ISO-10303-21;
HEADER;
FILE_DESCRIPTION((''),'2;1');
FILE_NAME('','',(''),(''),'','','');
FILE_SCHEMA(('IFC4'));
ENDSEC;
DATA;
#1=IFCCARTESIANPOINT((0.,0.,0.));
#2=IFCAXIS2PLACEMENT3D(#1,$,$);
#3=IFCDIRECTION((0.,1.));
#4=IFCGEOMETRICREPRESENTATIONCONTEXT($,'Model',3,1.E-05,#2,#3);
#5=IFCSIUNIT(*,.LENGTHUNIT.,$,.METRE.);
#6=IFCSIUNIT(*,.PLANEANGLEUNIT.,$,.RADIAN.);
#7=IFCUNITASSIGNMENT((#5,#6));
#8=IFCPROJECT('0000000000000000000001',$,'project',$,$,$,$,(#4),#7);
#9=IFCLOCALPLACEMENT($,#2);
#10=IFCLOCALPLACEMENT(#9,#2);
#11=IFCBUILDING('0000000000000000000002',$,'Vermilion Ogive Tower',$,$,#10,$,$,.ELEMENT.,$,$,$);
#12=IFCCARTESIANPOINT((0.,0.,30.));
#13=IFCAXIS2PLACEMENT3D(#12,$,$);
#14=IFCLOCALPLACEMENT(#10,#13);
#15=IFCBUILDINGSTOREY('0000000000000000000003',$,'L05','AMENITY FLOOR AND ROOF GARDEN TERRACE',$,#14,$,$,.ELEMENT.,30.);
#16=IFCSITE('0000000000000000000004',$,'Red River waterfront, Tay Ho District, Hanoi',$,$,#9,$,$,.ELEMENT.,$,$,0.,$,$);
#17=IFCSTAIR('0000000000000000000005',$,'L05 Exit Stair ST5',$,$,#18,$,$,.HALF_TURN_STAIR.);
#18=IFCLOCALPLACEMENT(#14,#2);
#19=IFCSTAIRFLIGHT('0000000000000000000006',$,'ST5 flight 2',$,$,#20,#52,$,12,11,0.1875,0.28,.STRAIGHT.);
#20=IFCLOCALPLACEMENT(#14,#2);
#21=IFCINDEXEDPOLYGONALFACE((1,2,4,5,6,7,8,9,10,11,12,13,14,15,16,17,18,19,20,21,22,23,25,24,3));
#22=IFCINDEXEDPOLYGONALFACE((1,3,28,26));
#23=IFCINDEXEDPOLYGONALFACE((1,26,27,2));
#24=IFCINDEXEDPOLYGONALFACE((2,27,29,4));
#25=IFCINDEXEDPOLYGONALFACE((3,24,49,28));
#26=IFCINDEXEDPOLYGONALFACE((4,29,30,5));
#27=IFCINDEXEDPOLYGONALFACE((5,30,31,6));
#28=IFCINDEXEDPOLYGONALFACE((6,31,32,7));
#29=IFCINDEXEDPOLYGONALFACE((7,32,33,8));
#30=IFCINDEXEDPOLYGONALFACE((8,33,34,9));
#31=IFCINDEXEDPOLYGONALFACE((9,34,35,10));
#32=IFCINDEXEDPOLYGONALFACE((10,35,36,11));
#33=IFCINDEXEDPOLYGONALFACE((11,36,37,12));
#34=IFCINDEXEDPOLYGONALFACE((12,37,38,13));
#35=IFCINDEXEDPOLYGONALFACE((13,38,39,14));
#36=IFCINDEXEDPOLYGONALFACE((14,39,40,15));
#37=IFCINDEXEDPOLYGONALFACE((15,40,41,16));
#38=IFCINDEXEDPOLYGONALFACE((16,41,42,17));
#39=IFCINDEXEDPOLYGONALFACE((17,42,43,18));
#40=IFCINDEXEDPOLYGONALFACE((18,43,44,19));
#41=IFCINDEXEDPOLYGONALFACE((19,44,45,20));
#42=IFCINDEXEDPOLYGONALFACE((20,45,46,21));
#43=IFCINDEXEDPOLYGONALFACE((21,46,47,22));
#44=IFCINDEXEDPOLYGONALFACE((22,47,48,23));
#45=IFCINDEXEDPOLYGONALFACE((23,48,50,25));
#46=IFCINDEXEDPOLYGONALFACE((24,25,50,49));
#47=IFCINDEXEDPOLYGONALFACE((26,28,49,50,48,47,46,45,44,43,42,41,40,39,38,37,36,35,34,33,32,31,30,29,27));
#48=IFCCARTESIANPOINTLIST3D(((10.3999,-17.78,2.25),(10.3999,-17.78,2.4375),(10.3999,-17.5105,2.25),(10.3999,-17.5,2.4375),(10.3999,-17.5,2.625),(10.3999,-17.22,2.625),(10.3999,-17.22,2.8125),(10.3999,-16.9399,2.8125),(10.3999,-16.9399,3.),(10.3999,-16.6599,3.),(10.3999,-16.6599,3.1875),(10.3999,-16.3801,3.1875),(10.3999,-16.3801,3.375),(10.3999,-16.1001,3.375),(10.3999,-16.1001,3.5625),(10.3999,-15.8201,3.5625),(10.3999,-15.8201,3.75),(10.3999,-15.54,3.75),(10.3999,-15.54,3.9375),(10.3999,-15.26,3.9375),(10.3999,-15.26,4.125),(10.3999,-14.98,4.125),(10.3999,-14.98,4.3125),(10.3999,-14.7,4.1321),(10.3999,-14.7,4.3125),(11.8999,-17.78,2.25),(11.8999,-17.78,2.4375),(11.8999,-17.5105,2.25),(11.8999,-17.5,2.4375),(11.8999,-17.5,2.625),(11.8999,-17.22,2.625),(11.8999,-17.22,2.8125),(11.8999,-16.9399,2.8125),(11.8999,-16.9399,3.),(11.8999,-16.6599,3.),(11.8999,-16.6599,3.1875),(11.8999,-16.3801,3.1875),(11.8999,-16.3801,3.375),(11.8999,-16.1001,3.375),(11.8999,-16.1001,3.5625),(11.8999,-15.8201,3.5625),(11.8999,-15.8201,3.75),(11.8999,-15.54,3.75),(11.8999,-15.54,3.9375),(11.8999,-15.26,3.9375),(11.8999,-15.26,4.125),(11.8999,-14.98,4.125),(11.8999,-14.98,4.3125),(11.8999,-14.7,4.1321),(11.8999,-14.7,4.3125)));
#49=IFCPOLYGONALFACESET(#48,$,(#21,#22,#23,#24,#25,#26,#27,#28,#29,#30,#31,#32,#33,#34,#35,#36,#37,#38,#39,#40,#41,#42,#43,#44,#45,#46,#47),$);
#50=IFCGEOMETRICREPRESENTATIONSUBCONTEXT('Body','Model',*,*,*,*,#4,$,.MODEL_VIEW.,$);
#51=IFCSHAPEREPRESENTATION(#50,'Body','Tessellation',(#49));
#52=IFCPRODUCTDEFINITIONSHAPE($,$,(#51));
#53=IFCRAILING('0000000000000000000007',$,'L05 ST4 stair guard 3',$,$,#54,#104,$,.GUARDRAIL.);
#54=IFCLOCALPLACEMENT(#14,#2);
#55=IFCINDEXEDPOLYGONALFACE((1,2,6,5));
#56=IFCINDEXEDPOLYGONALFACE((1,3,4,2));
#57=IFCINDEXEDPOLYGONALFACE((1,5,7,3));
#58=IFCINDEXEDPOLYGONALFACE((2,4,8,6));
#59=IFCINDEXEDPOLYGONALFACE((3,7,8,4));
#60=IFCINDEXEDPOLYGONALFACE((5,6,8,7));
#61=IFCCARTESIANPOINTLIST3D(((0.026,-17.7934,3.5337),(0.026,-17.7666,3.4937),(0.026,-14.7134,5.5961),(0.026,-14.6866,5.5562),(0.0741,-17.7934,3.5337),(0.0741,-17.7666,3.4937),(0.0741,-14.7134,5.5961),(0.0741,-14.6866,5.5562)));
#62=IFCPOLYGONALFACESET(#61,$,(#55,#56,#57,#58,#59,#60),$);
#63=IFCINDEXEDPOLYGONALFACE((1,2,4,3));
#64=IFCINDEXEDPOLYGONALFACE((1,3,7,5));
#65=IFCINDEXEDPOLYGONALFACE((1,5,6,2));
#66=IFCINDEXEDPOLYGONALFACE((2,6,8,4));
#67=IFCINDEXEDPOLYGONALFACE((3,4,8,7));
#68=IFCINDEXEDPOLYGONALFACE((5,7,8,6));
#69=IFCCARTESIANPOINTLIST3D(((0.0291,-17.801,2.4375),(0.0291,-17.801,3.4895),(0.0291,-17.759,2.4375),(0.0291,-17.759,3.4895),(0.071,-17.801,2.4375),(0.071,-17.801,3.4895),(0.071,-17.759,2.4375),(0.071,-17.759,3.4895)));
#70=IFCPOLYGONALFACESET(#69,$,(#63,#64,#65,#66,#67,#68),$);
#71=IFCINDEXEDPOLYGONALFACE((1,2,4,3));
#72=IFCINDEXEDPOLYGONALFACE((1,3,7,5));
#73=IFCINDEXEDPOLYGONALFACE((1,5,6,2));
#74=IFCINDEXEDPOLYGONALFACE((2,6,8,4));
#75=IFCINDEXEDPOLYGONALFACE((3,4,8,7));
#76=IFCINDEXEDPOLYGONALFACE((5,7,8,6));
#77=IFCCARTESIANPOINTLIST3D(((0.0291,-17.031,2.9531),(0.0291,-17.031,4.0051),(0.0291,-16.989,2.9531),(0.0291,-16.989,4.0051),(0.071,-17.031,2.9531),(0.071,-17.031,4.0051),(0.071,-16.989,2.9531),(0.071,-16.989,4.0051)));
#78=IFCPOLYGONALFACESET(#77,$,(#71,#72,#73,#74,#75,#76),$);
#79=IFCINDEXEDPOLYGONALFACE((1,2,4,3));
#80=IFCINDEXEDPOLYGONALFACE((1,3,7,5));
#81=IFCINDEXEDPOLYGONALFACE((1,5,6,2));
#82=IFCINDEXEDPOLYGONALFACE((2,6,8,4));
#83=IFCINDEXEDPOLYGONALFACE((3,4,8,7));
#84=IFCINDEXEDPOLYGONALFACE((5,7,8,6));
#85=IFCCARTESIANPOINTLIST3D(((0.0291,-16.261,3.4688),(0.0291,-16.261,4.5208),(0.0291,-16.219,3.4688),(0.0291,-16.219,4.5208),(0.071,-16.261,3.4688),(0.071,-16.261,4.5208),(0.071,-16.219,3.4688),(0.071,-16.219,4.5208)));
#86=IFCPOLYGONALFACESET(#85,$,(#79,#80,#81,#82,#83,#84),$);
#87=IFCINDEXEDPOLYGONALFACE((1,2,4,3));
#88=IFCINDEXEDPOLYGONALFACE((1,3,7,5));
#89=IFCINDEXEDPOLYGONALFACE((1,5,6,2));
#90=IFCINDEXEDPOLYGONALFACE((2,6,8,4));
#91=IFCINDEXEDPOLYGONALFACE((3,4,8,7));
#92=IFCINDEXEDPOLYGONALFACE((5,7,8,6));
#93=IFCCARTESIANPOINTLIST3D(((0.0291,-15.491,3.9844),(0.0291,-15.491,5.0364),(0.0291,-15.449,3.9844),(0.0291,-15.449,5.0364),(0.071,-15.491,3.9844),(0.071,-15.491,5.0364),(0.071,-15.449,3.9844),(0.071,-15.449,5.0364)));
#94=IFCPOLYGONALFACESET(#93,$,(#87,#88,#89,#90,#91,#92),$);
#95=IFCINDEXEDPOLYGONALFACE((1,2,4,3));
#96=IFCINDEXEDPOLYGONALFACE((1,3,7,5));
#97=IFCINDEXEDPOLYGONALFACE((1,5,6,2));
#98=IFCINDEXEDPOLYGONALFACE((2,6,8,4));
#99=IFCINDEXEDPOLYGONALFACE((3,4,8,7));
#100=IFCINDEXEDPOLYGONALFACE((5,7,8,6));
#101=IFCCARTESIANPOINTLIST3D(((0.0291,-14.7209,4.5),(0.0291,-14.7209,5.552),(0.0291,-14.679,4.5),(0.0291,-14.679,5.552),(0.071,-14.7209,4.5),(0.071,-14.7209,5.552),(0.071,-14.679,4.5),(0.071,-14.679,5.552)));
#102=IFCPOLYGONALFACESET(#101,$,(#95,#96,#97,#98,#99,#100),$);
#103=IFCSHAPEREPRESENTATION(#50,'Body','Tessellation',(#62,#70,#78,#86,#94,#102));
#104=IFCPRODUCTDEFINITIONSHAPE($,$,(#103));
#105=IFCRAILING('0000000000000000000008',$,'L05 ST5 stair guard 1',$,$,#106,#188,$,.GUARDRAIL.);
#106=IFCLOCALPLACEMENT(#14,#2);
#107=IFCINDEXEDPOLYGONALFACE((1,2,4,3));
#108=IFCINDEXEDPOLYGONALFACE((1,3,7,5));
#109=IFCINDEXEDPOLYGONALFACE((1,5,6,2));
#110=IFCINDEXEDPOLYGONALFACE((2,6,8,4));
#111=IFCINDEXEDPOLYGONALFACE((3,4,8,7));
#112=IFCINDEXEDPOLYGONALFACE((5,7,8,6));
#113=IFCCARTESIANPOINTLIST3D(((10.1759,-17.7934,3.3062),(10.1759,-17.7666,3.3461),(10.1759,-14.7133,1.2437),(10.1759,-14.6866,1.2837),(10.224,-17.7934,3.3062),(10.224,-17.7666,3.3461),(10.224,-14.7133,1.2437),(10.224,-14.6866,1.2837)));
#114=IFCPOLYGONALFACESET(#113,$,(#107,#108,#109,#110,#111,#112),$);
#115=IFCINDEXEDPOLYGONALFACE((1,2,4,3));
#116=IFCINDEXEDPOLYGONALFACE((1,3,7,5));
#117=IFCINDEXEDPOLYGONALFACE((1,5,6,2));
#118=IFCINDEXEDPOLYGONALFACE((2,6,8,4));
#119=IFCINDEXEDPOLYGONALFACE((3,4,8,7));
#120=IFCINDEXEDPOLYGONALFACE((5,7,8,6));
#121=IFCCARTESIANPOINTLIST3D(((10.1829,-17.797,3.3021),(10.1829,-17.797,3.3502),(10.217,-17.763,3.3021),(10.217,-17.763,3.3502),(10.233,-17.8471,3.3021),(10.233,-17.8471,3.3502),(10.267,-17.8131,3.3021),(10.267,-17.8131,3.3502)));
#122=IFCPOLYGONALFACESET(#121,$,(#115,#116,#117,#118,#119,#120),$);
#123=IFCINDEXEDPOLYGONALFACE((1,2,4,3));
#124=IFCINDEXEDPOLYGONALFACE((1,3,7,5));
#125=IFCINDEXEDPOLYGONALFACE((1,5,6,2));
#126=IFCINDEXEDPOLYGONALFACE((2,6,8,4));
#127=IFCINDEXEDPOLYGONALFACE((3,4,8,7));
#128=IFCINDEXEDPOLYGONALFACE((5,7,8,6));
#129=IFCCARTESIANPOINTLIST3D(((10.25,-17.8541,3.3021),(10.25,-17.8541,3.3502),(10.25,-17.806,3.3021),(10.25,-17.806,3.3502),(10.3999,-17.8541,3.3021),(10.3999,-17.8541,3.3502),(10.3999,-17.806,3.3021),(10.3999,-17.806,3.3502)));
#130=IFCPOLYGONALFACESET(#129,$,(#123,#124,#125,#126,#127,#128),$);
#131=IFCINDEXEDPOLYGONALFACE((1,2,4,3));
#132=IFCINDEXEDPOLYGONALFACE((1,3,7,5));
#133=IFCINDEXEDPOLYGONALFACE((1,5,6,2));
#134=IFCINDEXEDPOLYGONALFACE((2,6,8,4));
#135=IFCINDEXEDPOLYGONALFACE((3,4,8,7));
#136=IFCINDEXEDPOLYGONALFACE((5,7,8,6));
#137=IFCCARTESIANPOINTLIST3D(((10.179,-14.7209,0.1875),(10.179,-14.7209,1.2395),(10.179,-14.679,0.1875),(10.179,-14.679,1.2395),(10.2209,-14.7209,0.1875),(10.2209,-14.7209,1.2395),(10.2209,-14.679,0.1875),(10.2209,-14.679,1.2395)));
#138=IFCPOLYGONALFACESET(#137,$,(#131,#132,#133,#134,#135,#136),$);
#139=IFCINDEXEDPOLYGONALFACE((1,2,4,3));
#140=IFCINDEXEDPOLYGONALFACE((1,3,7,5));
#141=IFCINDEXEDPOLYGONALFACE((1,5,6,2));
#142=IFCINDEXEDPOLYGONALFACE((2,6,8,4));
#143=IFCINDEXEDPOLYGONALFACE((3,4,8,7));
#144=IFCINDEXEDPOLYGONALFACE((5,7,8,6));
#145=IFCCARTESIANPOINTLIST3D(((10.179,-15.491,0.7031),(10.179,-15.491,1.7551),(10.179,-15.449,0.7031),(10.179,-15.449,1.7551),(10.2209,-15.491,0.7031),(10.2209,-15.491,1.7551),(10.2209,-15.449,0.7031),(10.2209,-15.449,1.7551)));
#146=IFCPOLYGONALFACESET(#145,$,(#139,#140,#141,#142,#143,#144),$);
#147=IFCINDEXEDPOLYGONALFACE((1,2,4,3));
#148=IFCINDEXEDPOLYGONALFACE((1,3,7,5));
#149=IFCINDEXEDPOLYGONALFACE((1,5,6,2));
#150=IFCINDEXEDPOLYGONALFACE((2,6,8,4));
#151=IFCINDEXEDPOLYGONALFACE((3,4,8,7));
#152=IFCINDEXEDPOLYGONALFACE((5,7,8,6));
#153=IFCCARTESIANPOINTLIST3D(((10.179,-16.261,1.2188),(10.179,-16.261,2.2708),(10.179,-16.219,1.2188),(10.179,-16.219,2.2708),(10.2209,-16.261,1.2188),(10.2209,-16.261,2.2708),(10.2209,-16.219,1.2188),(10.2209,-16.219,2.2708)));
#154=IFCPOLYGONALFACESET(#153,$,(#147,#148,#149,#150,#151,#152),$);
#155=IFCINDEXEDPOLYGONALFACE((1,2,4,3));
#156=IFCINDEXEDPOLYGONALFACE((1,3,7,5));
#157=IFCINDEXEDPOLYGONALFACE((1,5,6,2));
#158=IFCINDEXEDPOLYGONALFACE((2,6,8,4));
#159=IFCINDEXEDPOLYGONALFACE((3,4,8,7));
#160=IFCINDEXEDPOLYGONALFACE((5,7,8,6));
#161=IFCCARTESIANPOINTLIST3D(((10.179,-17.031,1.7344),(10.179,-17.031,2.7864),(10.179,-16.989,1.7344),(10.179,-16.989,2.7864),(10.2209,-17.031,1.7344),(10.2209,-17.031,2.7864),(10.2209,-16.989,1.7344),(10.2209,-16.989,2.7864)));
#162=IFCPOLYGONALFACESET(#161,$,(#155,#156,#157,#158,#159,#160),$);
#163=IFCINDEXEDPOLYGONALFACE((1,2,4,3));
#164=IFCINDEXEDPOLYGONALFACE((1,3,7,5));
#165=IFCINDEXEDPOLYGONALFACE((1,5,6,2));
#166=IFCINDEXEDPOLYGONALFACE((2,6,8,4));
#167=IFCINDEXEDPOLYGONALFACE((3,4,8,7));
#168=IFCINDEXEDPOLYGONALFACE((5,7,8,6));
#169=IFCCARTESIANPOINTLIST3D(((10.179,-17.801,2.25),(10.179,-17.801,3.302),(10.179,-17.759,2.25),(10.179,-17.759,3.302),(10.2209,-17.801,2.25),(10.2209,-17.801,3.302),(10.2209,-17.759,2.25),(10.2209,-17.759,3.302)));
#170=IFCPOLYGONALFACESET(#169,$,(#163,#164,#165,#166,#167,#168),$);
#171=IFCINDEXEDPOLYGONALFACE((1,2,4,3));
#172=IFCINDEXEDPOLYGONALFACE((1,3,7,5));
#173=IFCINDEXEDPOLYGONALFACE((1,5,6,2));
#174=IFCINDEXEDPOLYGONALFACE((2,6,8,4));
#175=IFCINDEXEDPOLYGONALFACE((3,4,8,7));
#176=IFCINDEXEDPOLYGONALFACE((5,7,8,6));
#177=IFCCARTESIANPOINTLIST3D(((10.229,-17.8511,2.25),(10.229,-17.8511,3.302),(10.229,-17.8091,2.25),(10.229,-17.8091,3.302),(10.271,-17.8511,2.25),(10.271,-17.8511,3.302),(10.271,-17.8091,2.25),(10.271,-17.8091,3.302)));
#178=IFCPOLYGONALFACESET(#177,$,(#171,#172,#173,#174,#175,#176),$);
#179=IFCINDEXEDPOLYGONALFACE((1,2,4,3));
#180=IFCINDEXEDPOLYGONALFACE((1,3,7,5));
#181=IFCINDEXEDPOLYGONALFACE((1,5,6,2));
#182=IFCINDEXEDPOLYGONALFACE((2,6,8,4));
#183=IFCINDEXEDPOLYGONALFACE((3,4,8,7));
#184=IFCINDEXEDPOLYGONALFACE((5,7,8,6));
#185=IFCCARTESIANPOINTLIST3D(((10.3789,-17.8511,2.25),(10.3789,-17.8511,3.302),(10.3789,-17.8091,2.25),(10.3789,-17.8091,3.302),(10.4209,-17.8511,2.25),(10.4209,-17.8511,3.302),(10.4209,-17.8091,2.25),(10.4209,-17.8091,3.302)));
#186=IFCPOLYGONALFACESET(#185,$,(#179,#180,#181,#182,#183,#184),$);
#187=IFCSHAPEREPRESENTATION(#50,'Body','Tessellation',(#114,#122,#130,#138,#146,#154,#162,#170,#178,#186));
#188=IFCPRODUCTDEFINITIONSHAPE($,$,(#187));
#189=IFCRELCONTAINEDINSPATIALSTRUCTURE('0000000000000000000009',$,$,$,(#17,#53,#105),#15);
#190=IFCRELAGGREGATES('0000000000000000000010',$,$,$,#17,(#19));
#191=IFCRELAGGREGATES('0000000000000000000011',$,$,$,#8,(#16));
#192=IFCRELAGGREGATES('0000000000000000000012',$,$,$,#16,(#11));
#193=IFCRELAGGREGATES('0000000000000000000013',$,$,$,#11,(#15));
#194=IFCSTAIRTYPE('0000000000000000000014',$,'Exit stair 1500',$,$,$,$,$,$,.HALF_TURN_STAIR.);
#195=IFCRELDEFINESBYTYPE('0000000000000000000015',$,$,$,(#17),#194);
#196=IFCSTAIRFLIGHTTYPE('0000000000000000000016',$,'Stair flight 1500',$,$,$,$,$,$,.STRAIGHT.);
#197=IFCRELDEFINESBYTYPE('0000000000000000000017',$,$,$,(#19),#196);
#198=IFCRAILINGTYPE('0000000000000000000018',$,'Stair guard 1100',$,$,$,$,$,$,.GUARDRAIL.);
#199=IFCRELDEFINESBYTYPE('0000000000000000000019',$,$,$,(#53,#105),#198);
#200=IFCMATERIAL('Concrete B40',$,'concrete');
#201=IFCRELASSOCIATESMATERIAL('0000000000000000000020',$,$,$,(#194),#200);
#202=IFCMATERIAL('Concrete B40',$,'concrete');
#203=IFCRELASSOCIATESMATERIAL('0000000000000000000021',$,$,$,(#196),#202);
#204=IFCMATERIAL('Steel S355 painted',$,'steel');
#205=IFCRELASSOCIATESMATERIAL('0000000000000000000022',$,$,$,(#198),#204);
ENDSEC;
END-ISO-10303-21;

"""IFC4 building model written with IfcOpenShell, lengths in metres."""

from ifc_helpers import new_model, si_unit, direction, frame, origin, origin_2d, place, context, subcontext, project, spatial, polyline, rectangle, outline, extrude, material, type_object, element, aggregate, save


model = new_model("IFC4")

# Units and contexts
model_context = context("Model", 3, precision=1e-05, world=origin(), true_north=direction((0.0, 1.0)))
body_context = subcontext(model_context, "Body", "Model", "MODEL_VIEW")
ifc_project = project(units=[si_unit("LENGTHUNIT", "METRE"), si_unit("PLANEANGLEUNIT", "RADIAN")], contexts=[model_context])

# Site, building, storey
site_placement = place(None, origin())
site = spatial("IfcSite", under=ifc_project, at=site_placement, Name="Red River waterfront, Tay Ho District, Hanoi", CompositionType="ELEMENT", RefElevation=0.0)
building_placement = place(site_placement, origin())
building = spatial("IfcBuilding", under=site, at=building_placement, Name="Vermilion Ogive Tower", CompositionType="ELEMENT")
storey_placement = place(building_placement, frame((0.0, 0.0, 30.0)))
storey = spatial("IfcBuildingStorey", under=building, at=storey_placement, Name="L05", Description="AMENITY FLOOR AND ROOF GARDEN TERRACE", CompositionType="ELEMENT", Elevation=30.0)

# Shared definitions
ifc_material_1 = material(Name="Concrete B40", Category="concrete")
stair_type = type_object("IfcStairType", Name="Exit stair 1500", PredefinedType="HALF_TURN_STAIR", material=ifc_material_1)
ifc_material_2 = material(Name="Concrete B40", Category="concrete")
stair_flight_type = type_object("IfcStairFlightType", Name="Stair flight 1500", PredefinedType="STRAIGHT", material=ifc_material_2)

# Stair, stair flight
stair_1_placement = place(storey_placement, origin())
stair_1 = element("IfcStair", 1, at=stair_1_placement, inside=storey, type_object=stair_type, Name="L05 Exit Stair ST5", PredefinedType="HALF_TURN_STAIR")
stair_flight_1_placement = place(storey_placement, frame((11.1499, -17.78, 2.25), z_axis=(0.0, 0.0, 1.0), x_axis=(0.0, 1.0, 0.0)))
stair_flight_1 = element("IfcStairFlight", 2, at=stair_flight_1_placement, type_object=stair_flight_type, Name="ST5 flight 2", NumberOfRisers=12, NumberOfTreads=11, PredefinedType="STRAIGHT", RiserHeight=0.1875, TreadLength=0.28, context=body_context, shape_type="SweptSolid", body=[
    extrude(outline(polyline([(0.0, 0.0), (0.0, 0.1875), (0.28, 0.1875), (0.28, 0.375), (0.5601, 0.375), (0.5601, 0.5625), (0.8401, 0.5625), (0.8401, 0.75), (1.1201, 0.75), (1.1201, 0.9375), (1.3999, 0.9375), (1.3999, 1.125), (1.6799, 1.125), (1.6799, 1.3125), (1.96, 1.3125), (1.96, 1.5), (2.24, 1.5), (2.24, 1.6875), (2.52, 1.6875), (2.52, 1.875), (2.8, 1.875), (2.8, 2.0625), (3.0801, 2.0625), (3.0801, 2.25), (3.0801, 1.8821), (0.2695, 0.0), (0.0, 0.0)])), frame((0.0, 0.75, 0.0), z_axis=(0.0, -1.0, 0.0), x_axis=(1.0, 0.0, 0.0)), (0.0, 0.0, 1.0), 1.5),
])
aggregate(stair_1, [stair_flight_1])

# Railings
ifc_material_3 = material(Name="Steel S355 painted", Category="steel")
railing_type_1 = type_object("IfcRailingType", Name="Stair guard 1100", PredefinedType="GUARDRAIL", material=ifc_material_3)
railing_1_placement = place(storey_placement, frame((0.05, -17.78, 2.4375)))
element("IfcRailing", 3, at=railing_1_placement, inside=storey, type_object=railing_type_1, Name="L05 ST4 stair guard 3", PredefinedType="GUARDRAIL", context=body_context, shape_type="SweptSolid", body=[
    extrude(rectangle(XDim=0.0481, YDim=0.0481, at=origin_2d()), frame((0.0, 0.0, 1.0762), z_axis=(0.0, 0.830914, 0.556401), x_axis=(-1.0, 0.0, 0.0)), (0.0, 0.0, 1.0), 3.7068),
    extrude(rectangle(XDim=0.042, YDim=0.042, at=origin_2d()), origin(), (0.0, 0.0, 1.0), 1.052),
    extrude(rectangle(XDim=0.042, YDim=0.042, at=origin_2d()), frame((0.0, 0.77, 0.5156)), (0.0, 0.0, 1.0), 1.052),
    extrude(rectangle(XDim=0.042, YDim=0.042, at=origin_2d()), frame((0.0, 1.54, 1.0312)), (0.0, 0.0, 1.0), 1.052),
    extrude(rectangle(XDim=0.042, YDim=0.042, at=origin_2d()), frame((0.0, 2.3101, 1.5469)), (0.0, 0.0, 1.0), 1.052),
    extrude(rectangle(XDim=0.042, YDim=0.042, at=origin_2d()), frame((0.0, 3.0801, 2.0625)), (0.0, 0.0, 1.0), 1.052),
])
railing_2_placement = place(storey_placement, frame((10.2, -14.7, 0.1875)))
element("IfcRailing", 4, at=railing_2_placement, inside=storey, type_object=railing_type_1, Name="L05 ST5 stair guard 1", PredefinedType="GUARDRAIL", context=body_context, shape_type="SweptSolid", body=[
    extrude(rectangle(XDim=0.0481, YDim=0.0481, at=origin_2d()), frame((0.0, 0.0, 1.0762), z_axis=(0.0, -0.830914, 0.556401), x_axis=(1.0, 0.0, 0.0)), (0.0, 0.0, 1.0), 3.7068),
    extrude(rectangle(XDim=0.0481, YDim=0.0481, at=origin_2d()), frame((0.0, -3.0801, 3.1387), z_axis=(0.707107, -0.707107, 0.0), x_axis=(0.707107, 0.707107, 0.0)), (0.0, 0.0, 1.0), 0.0708),
    extrude(rectangle(XDim=0.0481, YDim=0.0481, at=origin_2d()), frame((0.05, -3.1301, 3.1387), z_axis=(1.0, 0.0, 0.0), x_axis=(0.0, 1.0, 0.0)), (0.0, 0.0, 1.0), 0.1499),
    extrude(rectangle(XDim=0.042, YDim=0.042, at=origin_2d()), origin(), (0.0, 0.0, 1.0), 1.052),
    extrude(rectangle(XDim=0.042, YDim=0.042, at=origin_2d()), frame((0.0, -0.77, 0.5156)), (0.0, 0.0, 1.0), 1.052),
    extrude(rectangle(XDim=0.042, YDim=0.042, at=origin_2d()), frame((0.0, -1.54, 1.0312)), (0.0, 0.0, 1.0), 1.052),
    extrude(rectangle(XDim=0.042, YDim=0.042, at=origin_2d()), frame((0.0, -2.3101, 1.5469)), (0.0, 0.0, 1.0), 1.052),
    extrude(rectangle(XDim=0.042, YDim=0.042, at=origin_2d()), frame((0.0, -3.0801, 2.0625)), (0.0, 0.0, 1.0), 1.052),
    extrude(rectangle(XDim=0.042, YDim=0.042, at=origin_2d()), frame((0.05, -3.1301, 2.0625)), (0.0, 0.0, 1.0), 1.052),
    extrude(rectangle(XDim=0.042, YDim=0.042, at=origin_2d()), frame((0.2, -3.1301, 2.0625)), (0.0, 0.0, 1.0), 1.052),
])

save(model, "model.ifc")
